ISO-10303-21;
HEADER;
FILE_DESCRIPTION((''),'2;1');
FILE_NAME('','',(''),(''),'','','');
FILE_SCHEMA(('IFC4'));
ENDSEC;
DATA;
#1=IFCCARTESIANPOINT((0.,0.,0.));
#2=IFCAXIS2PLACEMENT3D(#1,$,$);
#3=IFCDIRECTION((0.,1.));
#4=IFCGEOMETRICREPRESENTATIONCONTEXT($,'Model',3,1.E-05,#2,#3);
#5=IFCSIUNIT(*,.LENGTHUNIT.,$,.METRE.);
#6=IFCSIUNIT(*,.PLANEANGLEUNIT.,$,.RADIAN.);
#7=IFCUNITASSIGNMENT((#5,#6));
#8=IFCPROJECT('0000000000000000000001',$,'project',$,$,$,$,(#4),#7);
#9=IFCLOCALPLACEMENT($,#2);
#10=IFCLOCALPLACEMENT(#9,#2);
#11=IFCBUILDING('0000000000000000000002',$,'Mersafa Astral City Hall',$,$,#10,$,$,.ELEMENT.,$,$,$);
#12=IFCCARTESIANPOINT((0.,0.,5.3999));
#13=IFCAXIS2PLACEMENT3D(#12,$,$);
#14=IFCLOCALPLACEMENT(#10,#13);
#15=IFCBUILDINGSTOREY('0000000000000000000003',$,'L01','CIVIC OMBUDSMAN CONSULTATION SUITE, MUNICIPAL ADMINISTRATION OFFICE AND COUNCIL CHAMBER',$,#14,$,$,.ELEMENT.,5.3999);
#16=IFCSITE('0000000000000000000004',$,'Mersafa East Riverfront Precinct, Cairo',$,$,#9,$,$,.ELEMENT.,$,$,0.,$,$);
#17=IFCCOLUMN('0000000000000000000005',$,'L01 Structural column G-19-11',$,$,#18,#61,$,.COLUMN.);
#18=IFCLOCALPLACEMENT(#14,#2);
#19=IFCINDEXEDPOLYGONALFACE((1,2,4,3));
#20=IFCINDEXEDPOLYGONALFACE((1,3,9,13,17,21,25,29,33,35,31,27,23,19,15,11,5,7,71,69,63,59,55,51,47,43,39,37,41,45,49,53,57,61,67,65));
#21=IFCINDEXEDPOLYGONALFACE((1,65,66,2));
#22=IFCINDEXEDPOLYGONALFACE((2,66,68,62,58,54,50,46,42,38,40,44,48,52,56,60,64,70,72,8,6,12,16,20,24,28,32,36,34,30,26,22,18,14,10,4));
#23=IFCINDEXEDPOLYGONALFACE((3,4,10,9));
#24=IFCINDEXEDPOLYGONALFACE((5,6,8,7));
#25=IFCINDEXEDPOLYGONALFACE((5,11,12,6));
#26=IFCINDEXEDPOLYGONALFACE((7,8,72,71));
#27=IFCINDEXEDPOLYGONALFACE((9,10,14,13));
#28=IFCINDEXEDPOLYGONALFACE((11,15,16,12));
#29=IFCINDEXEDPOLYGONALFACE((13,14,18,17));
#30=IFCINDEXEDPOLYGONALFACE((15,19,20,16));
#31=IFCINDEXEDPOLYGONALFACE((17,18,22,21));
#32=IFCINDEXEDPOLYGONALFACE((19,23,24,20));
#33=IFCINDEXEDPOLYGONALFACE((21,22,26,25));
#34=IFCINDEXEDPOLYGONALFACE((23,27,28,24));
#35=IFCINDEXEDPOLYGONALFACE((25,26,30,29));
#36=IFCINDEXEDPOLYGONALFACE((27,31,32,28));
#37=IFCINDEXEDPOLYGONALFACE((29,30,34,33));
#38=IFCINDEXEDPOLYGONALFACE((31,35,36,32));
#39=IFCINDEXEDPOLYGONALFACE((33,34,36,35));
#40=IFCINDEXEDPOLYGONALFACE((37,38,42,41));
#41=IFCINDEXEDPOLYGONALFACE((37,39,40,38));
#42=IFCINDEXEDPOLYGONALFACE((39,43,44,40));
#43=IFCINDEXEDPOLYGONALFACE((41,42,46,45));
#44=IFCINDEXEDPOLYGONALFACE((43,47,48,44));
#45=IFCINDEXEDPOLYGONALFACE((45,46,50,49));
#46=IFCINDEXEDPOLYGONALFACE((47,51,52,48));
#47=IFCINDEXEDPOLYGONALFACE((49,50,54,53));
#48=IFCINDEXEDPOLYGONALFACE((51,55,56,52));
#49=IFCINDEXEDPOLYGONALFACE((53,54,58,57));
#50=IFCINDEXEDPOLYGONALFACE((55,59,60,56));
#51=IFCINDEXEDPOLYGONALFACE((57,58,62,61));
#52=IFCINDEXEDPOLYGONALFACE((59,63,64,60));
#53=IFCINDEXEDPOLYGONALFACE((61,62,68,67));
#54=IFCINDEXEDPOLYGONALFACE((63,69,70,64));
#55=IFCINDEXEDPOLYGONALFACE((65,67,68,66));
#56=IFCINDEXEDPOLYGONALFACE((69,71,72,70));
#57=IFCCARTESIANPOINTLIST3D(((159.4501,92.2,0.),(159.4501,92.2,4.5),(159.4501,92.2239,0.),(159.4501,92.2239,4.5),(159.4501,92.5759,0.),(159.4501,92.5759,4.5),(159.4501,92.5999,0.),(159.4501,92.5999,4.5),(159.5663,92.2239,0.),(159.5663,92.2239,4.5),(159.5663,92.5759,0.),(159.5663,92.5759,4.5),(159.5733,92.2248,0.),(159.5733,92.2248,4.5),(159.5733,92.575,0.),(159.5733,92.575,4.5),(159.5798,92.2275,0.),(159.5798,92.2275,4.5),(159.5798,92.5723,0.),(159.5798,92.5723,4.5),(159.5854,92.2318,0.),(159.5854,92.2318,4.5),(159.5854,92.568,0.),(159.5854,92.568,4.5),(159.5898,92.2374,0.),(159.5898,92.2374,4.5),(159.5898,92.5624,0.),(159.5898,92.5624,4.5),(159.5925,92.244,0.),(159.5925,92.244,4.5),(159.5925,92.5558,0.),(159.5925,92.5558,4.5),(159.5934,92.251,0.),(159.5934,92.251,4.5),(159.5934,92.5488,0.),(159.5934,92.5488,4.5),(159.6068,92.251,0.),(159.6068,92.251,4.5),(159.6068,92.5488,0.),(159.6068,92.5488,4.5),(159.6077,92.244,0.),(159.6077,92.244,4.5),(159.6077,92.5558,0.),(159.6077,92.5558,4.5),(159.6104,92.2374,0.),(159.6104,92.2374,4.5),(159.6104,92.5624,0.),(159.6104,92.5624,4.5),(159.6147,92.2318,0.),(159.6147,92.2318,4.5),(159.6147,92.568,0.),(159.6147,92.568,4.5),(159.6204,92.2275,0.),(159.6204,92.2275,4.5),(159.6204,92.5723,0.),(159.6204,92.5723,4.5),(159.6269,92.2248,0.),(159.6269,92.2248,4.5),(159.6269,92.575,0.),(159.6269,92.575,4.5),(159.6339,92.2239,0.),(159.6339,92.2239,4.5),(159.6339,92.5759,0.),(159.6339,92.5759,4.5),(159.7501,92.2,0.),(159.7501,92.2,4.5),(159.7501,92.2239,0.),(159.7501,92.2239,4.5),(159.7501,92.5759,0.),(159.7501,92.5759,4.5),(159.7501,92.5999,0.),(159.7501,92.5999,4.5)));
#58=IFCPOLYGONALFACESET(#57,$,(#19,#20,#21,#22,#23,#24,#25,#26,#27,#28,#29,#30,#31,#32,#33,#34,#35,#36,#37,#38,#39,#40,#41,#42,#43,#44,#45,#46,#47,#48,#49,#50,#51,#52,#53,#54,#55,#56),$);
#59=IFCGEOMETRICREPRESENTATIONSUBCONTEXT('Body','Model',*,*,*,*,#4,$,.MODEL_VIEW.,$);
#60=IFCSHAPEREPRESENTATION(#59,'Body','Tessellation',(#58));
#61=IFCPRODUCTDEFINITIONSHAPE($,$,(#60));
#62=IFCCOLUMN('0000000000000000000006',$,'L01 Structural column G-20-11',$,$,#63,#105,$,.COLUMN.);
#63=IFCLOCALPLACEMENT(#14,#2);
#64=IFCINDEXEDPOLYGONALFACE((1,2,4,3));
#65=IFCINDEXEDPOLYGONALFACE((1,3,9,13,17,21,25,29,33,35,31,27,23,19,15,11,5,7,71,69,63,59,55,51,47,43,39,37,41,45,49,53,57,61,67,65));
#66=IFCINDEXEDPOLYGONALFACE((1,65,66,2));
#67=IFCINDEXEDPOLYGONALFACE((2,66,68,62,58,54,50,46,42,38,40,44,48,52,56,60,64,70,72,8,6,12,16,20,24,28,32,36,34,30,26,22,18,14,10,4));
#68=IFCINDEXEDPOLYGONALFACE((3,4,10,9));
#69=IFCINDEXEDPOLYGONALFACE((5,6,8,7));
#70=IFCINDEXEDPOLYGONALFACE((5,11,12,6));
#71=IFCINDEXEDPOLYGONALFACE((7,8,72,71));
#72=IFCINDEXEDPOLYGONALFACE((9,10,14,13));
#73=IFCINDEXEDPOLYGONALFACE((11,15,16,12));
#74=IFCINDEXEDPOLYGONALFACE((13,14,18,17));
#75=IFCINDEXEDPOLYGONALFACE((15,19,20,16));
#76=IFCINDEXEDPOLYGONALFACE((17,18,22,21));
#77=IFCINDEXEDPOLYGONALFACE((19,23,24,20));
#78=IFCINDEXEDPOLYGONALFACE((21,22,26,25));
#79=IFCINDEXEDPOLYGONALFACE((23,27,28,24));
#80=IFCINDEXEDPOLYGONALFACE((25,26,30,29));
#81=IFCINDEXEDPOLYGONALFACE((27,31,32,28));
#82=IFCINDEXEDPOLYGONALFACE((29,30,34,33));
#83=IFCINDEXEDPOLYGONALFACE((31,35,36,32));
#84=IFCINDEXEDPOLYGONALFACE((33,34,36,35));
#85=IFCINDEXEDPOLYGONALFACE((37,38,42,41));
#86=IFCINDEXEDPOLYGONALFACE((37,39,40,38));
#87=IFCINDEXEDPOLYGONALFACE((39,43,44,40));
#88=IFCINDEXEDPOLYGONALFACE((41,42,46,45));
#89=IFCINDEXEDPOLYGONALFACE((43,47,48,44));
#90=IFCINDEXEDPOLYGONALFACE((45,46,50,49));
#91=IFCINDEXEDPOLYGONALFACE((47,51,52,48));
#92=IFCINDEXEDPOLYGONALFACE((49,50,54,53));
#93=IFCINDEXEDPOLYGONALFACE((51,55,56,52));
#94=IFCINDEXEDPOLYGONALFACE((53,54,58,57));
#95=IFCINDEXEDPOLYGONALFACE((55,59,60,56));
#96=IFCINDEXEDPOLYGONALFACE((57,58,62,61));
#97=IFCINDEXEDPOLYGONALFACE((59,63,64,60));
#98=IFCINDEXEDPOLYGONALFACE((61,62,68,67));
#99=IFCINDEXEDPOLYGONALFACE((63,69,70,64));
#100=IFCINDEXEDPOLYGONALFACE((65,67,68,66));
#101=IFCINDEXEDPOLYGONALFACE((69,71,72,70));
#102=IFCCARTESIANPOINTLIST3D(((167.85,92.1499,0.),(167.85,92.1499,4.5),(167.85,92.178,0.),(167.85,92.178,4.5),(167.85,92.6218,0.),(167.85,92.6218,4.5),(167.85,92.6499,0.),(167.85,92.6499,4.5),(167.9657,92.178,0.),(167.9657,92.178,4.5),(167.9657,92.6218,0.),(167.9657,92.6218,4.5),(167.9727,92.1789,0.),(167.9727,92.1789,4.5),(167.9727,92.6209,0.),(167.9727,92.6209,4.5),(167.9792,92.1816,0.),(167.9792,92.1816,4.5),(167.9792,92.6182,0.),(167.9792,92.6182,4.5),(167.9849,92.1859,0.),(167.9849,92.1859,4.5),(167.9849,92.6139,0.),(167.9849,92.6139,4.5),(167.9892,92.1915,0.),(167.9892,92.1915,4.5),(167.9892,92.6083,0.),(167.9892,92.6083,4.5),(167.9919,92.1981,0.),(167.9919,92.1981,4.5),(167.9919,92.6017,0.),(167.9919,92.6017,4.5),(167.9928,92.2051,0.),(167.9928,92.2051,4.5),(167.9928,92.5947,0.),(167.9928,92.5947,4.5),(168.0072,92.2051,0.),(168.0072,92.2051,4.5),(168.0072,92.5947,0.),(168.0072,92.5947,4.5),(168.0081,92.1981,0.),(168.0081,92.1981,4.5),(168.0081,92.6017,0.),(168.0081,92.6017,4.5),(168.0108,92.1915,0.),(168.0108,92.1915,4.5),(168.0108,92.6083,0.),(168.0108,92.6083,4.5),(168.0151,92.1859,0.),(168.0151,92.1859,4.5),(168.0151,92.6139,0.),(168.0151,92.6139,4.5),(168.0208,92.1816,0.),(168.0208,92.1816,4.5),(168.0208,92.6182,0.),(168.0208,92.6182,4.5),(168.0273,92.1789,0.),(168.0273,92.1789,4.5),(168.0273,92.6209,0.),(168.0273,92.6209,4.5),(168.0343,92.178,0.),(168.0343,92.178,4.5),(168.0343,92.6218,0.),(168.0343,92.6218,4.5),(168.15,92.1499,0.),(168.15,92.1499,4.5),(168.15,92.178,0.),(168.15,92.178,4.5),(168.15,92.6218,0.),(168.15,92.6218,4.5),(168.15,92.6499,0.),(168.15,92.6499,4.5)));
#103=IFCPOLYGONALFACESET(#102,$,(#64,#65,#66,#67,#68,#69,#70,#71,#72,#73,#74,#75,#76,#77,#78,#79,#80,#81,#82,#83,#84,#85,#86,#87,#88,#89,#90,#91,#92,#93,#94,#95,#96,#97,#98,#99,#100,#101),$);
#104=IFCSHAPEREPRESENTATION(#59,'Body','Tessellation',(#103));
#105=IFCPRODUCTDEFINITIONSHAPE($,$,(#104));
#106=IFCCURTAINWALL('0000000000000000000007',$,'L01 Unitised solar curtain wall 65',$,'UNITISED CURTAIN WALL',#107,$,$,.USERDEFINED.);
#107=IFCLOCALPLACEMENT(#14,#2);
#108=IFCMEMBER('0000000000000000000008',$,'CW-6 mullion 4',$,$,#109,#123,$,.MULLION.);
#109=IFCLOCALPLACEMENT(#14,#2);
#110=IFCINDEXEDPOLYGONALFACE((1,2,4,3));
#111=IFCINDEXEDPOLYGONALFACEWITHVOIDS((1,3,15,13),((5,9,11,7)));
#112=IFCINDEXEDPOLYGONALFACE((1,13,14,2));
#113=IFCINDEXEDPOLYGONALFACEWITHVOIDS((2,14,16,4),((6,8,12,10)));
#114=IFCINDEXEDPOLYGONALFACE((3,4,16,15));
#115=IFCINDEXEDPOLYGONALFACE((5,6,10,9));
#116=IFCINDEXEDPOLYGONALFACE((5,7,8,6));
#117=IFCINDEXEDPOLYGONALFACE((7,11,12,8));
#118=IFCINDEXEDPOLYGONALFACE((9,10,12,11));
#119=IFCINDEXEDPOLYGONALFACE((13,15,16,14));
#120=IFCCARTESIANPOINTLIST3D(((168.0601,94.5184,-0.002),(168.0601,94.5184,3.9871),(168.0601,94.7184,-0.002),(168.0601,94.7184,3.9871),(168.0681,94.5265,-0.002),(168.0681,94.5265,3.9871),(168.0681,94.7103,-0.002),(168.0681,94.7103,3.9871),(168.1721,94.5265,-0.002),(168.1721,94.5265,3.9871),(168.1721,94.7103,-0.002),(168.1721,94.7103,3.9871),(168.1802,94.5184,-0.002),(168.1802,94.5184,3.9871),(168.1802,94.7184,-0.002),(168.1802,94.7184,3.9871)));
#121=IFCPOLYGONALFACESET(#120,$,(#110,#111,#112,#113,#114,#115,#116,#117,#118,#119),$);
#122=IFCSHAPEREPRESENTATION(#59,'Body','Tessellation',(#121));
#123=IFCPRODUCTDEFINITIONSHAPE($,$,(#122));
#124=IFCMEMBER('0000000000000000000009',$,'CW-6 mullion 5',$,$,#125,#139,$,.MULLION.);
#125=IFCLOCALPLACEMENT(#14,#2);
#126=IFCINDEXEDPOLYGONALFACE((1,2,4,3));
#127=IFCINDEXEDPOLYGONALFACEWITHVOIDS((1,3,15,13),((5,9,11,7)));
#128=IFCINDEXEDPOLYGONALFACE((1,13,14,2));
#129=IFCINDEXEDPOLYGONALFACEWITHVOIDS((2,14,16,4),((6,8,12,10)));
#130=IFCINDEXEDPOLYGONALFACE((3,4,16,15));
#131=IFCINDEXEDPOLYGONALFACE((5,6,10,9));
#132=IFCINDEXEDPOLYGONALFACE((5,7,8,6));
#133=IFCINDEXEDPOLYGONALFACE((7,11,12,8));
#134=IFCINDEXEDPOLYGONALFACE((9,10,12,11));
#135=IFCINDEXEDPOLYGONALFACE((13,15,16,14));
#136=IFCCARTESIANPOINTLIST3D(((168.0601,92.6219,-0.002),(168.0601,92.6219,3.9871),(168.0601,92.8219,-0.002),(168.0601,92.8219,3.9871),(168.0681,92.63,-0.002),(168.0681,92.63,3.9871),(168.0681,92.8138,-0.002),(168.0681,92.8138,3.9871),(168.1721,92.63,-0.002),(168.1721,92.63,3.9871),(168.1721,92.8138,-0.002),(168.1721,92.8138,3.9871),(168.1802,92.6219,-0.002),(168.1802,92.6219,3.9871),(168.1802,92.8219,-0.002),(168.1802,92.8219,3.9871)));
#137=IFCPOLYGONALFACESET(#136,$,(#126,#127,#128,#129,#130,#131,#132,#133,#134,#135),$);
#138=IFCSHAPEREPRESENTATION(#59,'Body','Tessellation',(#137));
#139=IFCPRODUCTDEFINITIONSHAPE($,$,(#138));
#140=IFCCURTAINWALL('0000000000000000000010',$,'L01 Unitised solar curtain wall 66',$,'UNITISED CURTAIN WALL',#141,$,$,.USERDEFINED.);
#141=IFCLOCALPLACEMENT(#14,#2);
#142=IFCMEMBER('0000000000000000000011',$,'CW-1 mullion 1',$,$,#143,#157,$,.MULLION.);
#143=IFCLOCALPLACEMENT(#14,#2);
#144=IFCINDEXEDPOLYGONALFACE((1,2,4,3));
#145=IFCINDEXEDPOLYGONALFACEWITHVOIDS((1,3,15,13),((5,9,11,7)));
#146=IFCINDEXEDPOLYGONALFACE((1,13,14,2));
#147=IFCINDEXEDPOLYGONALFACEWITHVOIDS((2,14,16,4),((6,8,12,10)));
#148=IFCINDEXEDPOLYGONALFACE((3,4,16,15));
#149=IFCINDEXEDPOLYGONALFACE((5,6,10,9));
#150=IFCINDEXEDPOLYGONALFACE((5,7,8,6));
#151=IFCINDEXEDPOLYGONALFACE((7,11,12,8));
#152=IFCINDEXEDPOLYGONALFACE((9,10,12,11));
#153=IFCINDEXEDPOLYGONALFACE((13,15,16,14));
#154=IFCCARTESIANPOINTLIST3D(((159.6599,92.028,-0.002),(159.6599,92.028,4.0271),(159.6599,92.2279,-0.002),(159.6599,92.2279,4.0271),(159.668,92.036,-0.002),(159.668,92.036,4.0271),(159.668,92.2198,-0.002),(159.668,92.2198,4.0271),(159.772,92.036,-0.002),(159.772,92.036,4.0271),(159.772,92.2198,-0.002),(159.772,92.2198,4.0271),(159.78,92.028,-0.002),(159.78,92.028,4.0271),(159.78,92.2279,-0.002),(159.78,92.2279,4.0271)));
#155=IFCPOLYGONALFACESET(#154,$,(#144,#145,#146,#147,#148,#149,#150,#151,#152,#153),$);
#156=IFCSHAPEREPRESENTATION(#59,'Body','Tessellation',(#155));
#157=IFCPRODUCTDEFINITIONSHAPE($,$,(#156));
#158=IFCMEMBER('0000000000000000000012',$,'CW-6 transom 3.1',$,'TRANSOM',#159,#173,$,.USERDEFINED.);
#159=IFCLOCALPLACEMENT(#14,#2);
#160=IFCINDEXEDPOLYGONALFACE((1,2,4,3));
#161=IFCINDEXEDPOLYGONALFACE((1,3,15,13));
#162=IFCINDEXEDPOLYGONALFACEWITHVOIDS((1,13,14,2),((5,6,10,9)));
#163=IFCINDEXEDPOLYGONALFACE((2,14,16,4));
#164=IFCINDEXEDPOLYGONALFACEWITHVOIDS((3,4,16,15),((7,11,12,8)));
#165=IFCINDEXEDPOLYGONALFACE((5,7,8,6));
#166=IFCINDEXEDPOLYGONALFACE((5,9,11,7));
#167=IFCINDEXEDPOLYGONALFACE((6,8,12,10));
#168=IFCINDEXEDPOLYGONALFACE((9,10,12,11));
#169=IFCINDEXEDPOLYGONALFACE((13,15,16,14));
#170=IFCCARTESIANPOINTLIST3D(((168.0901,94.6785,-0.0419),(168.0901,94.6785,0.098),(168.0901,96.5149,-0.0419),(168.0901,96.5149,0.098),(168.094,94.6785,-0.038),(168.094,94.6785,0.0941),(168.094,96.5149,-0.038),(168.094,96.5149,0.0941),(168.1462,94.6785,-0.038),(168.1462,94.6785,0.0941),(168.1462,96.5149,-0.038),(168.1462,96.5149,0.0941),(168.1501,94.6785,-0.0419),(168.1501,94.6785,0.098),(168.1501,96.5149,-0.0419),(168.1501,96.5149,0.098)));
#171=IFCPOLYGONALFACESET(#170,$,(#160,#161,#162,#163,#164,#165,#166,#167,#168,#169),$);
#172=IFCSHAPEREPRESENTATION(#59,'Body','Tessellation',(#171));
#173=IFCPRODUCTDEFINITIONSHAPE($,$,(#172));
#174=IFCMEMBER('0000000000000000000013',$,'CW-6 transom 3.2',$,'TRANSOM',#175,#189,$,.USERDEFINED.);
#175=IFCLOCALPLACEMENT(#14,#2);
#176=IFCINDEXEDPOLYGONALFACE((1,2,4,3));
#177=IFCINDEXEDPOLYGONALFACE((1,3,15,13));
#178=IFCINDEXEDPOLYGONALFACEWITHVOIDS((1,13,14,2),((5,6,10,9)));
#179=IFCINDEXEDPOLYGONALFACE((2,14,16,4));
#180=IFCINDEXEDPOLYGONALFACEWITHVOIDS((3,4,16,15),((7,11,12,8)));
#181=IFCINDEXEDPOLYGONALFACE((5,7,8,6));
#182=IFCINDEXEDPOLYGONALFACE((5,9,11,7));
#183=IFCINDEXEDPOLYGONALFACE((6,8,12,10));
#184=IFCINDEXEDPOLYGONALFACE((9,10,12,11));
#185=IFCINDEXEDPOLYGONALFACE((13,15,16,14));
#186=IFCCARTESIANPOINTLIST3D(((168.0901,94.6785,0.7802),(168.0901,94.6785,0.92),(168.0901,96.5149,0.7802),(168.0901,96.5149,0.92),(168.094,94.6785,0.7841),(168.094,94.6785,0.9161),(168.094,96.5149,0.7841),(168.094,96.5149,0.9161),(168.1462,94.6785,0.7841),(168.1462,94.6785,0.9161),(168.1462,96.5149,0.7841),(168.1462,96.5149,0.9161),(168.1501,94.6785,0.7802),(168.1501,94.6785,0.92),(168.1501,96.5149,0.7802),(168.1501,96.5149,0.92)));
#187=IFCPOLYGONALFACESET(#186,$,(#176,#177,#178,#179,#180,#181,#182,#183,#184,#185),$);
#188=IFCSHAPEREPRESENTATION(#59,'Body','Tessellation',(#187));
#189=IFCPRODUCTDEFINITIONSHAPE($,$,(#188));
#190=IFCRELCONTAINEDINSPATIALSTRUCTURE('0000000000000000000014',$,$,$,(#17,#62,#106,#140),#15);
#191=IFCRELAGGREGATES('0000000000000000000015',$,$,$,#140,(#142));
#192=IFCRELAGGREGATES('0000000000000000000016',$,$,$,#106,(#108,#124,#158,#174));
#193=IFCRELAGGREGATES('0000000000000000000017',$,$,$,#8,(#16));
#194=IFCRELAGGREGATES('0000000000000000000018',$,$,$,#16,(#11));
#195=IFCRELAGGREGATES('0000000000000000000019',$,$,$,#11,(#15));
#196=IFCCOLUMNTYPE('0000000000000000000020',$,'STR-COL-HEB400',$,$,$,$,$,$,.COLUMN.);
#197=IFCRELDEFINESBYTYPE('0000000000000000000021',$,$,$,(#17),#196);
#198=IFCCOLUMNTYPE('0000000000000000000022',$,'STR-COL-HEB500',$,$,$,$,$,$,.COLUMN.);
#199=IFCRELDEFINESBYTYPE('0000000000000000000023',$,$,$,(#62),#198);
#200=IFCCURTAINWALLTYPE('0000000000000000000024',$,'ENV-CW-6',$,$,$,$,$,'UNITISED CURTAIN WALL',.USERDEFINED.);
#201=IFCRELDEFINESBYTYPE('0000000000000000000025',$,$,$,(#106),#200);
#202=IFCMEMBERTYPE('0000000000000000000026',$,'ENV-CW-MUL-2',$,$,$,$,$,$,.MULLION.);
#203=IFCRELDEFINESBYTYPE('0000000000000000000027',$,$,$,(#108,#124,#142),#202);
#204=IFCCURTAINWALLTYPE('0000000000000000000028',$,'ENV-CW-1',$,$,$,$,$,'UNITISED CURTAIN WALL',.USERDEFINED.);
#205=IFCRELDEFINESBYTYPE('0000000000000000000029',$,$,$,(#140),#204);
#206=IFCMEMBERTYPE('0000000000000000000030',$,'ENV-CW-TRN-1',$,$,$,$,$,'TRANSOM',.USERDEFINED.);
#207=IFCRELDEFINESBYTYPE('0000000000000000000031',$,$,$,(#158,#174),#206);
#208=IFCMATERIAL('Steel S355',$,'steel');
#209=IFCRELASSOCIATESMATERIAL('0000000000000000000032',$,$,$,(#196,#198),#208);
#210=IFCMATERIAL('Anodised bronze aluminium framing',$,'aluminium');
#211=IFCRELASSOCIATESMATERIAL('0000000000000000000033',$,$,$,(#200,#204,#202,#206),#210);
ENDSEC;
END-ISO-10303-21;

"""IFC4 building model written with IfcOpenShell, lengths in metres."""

from ifc_helpers import new_model, si_unit, direction, frame, origin, origin_2d, place, context, subcontext, project, spatial, hollow_rectangle, i_section, extrude, material, material_profile, profile_set, type_object, element, aggregate, save


model = new_model("IFC4")

# Units and contexts
model_context = context("Model", 3, precision=1e-05, world=origin(), true_north=direction((0.0, 1.0)))
body_context = subcontext(model_context, "Body", "Model", "MODEL_VIEW")
ifc_project = project(units=[si_unit("LENGTHUNIT", "METRE"), si_unit("PLANEANGLEUNIT", "RADIAN")], contexts=[model_context])

# Site, building, storey
site_placement = place(None, origin())
site = spatial("IfcSite", under=ifc_project, at=site_placement, Name="Mersafa East Riverfront Precinct, Cairo", CompositionType="ELEMENT", RefElevation=0.0)
building_placement = place(site_placement, origin())
building = spatial("IfcBuilding", under=site, at=building_placement, Name="Mersafa Astral City Hall", CompositionType="ELEMENT")
storey_placement = place(building_placement, frame((0.0, 0.0, 5.3999)))
storey = spatial("IfcBuildingStorey", under=building, at=storey_placement, Name="L01", Description="CIVIC OMBUDSMAN CONSULTATION SUITE, MUNICIPAL ADMINISTRATION OFFICE AND COUNCIL CHAMBER", CompositionType="ELEMENT", Elevation=5.3999)

# Columns
ifc_material_1 = material(Name="Steel S355", Category="steel")
ifc_material_profile_1 = material_profile(ifc_material_1, i_section(OverallWidth=0.3, OverallDepth=0.3999, WebThickness=0.0134, FlangeThickness=0.0239, FilletRadius=0.0271, at=origin_2d()), Name="HEB 400")
ifc_profile_set_1 = profile_set([ifc_material_profile_1], Name="Steel S355")
column_type_1 = type_object("IfcColumnType", Name="STR-COL-HEB400", PredefinedType="COLUMN", material=ifc_profile_set_1)
column_1_placement = place(storey_placement, frame((159.6001, 92.3999, 0.0), z_axis=(0.0, 0.0, 1.0), x_axis=(1.0, 0.0, 0.0)))
element("IfcColumn", 1, at=column_1_placement, inside=storey, type_object=column_type_1, Name="L01 Structural column G-19-11", PredefinedType="COLUMN", context=body_context, shape_type="SweptSolid", body=[
    extrude(i_section(OverallWidth=0.3, OverallDepth=0.3999, WebThickness=0.0134, FlangeThickness=0.0239, FilletRadius=0.0271, at=origin_2d()), origin(), (0.0, 0.0, 1.0), 4.5),
])
ifc_material_profile_2 = material_profile(ifc_material_1, i_section(OverallWidth=0.3, OverallDepth=0.5, WebThickness=0.0144, FlangeThickness=0.0281, FilletRadius=0.0271, at=origin_2d()), Name="HEB 500")
ifc_profile_set_2 = profile_set([ifc_material_profile_2], Name="Steel S355")
column_type_2 = type_object("IfcColumnType", Name="STR-COL-HEB500", PredefinedType="COLUMN", material=ifc_profile_set_2)
column_2_placement = place(storey_placement, frame((168.0, 92.3999, 0.0), z_axis=(0.0, 0.0, 1.0), x_axis=(1.0, 0.0, 0.0)))
element("IfcColumn", 2, at=column_2_placement, inside=storey, type_object=column_type_2, Name="L01 Structural column G-20-11", PredefinedType="COLUMN", context=body_context, shape_type="SweptSolid", body=[
    extrude(i_section(OverallWidth=0.3, OverallDepth=0.5, WebThickness=0.0144, FlangeThickness=0.0281, FilletRadius=0.0271, at=origin_2d()), origin(), (0.0, 0.0, 1.0), 4.5),
])

# Curtain wall, members
ifc_material_2 = material(Name="Anodised bronze aluminium framing", Category="aluminium")
curtain_wall_type_1 = type_object("IfcCurtainWallType", Name="ENV-CW-6", ElementType="UNITISED CURTAIN WALL", PredefinedType="USERDEFINED", material=ifc_material_2)
curtain_wall_1_placement = place(storey_placement, origin())
curtain_wall_1 = element("IfcCurtainWall", 3, at=curtain_wall_1_placement, inside=storey, type_object=curtain_wall_type_1, Name="L01 Unitised solar curtain wall 65", ObjectType="UNITISED CURTAIN WALL", PredefinedType="USERDEFINED")
ifc_material_profile_3 = material_profile(ifc_material_2, hollow_rectangle(XDim=0.1201, YDim=0.2, WallThickness=0.0081, at=origin_2d()), Name="RHS 120x200x8")
ifc_profile_set_3 = profile_set([ifc_material_profile_3], Name="Anodised bronze aluminium framing")
member_type_1 = type_object("IfcMemberType", Name="ENV-CW-MUL-2", PredefinedType="MULLION", material=ifc_profile_set_3)
member_1_placement = place(storey_placement, frame((168.1201, 94.6184, -0.002), z_axis=(0.0, 0.0, 1.0), x_axis=(1.0, 0.0, 0.0)))
member_1 = element("IfcMember", 4, at=member_1_placement, type_object=member_type_1, Name="CW-6 mullion 4", PredefinedType="MULLION", context=body_context, shape_type="SweptSolid", body=[
    extrude(hollow_rectangle(XDim=0.1201, YDim=0.2, WallThickness=0.0081, at=origin_2d()), origin(), (0.0, 0.0, 1.0), 3.989),
])
member_2_placement = place(storey_placement, frame((168.1201, 92.7219, -0.002), z_axis=(0.0, 0.0, 1.0), x_axis=(1.0, 0.0, 0.0)))
member_2 = element("IfcMember", 5, at=member_2_placement, type_object=member_type_1, Name="CW-6 mullion 5", PredefinedType="MULLION", context=body_context, shape_type="SweptSolid", body=[
    extrude(hollow_rectangle(XDim=0.1201, YDim=0.2, WallThickness=0.0081, at=origin_2d()), origin(), (0.0, 0.0, 1.0), 3.989),
])

# Curtain wall, member
curtain_wall_type_2 = type_object("IfcCurtainWallType", Name="ENV-CW-1", ElementType="UNITISED CURTAIN WALL", PredefinedType="USERDEFINED", material=ifc_material_2)
curtain_wall_2_placement = place(storey_placement, origin())
curtain_wall_2 = element("IfcCurtainWall", 6, at=curtain_wall_2_placement, inside=storey, type_object=curtain_wall_type_2, Name="L01 Unitised solar curtain wall 66", ObjectType="UNITISED CURTAIN WALL", PredefinedType="USERDEFINED")
member_3_placement = place(storey_placement, frame((159.72, 92.1279, -0.002), z_axis=(0.0, 0.0, 1.0), x_axis=(1.0, 0.0, 0.0)))
member_3 = element("IfcMember", 7, at=member_3_placement, type_object=member_type_1, Name="CW-1 mullion 1", PredefinedType="MULLION", context=body_context, shape_type="SweptSolid", body=[
    extrude(hollow_rectangle(XDim=0.1201, YDim=0.2, WallThickness=0.0081, at=origin_2d()), origin(), (0.0, 0.0, 1.0), 4.0291),
])
aggregate(curtain_wall_2, [member_3])

# Members
ifc_material_profile_4 = material_profile(ifc_material_2, hollow_rectangle(XDim=0.0601, YDim=0.1399, WallThickness=0.0039, at=origin_2d()), Name="RHS 60x140x4")
ifc_profile_set_4 = profile_set([ifc_material_profile_4], Name="Anodised bronze aluminium framing")
member_type_2 = type_object("IfcMemberType", Name="ENV-CW-TRN-1", ElementType="TRANSOM", PredefinedType="USERDEFINED", material=ifc_profile_set_4)
member_4_placement = place(storey_placement, frame((168.1201, 96.5149, 0.0281), z_axis=(0.0, -1.0, 0.0), x_axis=(1.0, 0.0, 0.0)))
member_4 = element("IfcMember", 8, at=member_4_placement, type_object=member_type_2, Name="CW-6 transom 3.1", ObjectType="TRANSOM", PredefinedType="USERDEFINED", context=body_context, shape_type="SweptSolid", body=[
    extrude(hollow_rectangle(XDim=0.0601, YDim=0.1399, WallThickness=0.0039, at=origin_2d()), origin(), (0.0, 0.0, 1.0), 1.8364),
])
member_5_placement = place(storey_placement, frame((168.1201, 96.5149, 0.8501), z_axis=(0.0, -1.0, 0.0), x_axis=(1.0, 0.0, 0.0)))
member_5 = element("IfcMember", 9, at=member_5_placement, type_object=member_type_2, Name="CW-6 transom 3.2", ObjectType="TRANSOM", PredefinedType="USERDEFINED", context=body_context, shape_type="SweptSolid", body=[
    extrude(hollow_rectangle(XDim=0.0601, YDim=0.1399, WallThickness=0.0039, at=origin_2d()), origin(), (0.0, 0.0, 1.0), 1.8364),
])

aggregate(curtain_wall_1, [member_1, member_2, member_4, member_5])

save(model, "model.ifc")
